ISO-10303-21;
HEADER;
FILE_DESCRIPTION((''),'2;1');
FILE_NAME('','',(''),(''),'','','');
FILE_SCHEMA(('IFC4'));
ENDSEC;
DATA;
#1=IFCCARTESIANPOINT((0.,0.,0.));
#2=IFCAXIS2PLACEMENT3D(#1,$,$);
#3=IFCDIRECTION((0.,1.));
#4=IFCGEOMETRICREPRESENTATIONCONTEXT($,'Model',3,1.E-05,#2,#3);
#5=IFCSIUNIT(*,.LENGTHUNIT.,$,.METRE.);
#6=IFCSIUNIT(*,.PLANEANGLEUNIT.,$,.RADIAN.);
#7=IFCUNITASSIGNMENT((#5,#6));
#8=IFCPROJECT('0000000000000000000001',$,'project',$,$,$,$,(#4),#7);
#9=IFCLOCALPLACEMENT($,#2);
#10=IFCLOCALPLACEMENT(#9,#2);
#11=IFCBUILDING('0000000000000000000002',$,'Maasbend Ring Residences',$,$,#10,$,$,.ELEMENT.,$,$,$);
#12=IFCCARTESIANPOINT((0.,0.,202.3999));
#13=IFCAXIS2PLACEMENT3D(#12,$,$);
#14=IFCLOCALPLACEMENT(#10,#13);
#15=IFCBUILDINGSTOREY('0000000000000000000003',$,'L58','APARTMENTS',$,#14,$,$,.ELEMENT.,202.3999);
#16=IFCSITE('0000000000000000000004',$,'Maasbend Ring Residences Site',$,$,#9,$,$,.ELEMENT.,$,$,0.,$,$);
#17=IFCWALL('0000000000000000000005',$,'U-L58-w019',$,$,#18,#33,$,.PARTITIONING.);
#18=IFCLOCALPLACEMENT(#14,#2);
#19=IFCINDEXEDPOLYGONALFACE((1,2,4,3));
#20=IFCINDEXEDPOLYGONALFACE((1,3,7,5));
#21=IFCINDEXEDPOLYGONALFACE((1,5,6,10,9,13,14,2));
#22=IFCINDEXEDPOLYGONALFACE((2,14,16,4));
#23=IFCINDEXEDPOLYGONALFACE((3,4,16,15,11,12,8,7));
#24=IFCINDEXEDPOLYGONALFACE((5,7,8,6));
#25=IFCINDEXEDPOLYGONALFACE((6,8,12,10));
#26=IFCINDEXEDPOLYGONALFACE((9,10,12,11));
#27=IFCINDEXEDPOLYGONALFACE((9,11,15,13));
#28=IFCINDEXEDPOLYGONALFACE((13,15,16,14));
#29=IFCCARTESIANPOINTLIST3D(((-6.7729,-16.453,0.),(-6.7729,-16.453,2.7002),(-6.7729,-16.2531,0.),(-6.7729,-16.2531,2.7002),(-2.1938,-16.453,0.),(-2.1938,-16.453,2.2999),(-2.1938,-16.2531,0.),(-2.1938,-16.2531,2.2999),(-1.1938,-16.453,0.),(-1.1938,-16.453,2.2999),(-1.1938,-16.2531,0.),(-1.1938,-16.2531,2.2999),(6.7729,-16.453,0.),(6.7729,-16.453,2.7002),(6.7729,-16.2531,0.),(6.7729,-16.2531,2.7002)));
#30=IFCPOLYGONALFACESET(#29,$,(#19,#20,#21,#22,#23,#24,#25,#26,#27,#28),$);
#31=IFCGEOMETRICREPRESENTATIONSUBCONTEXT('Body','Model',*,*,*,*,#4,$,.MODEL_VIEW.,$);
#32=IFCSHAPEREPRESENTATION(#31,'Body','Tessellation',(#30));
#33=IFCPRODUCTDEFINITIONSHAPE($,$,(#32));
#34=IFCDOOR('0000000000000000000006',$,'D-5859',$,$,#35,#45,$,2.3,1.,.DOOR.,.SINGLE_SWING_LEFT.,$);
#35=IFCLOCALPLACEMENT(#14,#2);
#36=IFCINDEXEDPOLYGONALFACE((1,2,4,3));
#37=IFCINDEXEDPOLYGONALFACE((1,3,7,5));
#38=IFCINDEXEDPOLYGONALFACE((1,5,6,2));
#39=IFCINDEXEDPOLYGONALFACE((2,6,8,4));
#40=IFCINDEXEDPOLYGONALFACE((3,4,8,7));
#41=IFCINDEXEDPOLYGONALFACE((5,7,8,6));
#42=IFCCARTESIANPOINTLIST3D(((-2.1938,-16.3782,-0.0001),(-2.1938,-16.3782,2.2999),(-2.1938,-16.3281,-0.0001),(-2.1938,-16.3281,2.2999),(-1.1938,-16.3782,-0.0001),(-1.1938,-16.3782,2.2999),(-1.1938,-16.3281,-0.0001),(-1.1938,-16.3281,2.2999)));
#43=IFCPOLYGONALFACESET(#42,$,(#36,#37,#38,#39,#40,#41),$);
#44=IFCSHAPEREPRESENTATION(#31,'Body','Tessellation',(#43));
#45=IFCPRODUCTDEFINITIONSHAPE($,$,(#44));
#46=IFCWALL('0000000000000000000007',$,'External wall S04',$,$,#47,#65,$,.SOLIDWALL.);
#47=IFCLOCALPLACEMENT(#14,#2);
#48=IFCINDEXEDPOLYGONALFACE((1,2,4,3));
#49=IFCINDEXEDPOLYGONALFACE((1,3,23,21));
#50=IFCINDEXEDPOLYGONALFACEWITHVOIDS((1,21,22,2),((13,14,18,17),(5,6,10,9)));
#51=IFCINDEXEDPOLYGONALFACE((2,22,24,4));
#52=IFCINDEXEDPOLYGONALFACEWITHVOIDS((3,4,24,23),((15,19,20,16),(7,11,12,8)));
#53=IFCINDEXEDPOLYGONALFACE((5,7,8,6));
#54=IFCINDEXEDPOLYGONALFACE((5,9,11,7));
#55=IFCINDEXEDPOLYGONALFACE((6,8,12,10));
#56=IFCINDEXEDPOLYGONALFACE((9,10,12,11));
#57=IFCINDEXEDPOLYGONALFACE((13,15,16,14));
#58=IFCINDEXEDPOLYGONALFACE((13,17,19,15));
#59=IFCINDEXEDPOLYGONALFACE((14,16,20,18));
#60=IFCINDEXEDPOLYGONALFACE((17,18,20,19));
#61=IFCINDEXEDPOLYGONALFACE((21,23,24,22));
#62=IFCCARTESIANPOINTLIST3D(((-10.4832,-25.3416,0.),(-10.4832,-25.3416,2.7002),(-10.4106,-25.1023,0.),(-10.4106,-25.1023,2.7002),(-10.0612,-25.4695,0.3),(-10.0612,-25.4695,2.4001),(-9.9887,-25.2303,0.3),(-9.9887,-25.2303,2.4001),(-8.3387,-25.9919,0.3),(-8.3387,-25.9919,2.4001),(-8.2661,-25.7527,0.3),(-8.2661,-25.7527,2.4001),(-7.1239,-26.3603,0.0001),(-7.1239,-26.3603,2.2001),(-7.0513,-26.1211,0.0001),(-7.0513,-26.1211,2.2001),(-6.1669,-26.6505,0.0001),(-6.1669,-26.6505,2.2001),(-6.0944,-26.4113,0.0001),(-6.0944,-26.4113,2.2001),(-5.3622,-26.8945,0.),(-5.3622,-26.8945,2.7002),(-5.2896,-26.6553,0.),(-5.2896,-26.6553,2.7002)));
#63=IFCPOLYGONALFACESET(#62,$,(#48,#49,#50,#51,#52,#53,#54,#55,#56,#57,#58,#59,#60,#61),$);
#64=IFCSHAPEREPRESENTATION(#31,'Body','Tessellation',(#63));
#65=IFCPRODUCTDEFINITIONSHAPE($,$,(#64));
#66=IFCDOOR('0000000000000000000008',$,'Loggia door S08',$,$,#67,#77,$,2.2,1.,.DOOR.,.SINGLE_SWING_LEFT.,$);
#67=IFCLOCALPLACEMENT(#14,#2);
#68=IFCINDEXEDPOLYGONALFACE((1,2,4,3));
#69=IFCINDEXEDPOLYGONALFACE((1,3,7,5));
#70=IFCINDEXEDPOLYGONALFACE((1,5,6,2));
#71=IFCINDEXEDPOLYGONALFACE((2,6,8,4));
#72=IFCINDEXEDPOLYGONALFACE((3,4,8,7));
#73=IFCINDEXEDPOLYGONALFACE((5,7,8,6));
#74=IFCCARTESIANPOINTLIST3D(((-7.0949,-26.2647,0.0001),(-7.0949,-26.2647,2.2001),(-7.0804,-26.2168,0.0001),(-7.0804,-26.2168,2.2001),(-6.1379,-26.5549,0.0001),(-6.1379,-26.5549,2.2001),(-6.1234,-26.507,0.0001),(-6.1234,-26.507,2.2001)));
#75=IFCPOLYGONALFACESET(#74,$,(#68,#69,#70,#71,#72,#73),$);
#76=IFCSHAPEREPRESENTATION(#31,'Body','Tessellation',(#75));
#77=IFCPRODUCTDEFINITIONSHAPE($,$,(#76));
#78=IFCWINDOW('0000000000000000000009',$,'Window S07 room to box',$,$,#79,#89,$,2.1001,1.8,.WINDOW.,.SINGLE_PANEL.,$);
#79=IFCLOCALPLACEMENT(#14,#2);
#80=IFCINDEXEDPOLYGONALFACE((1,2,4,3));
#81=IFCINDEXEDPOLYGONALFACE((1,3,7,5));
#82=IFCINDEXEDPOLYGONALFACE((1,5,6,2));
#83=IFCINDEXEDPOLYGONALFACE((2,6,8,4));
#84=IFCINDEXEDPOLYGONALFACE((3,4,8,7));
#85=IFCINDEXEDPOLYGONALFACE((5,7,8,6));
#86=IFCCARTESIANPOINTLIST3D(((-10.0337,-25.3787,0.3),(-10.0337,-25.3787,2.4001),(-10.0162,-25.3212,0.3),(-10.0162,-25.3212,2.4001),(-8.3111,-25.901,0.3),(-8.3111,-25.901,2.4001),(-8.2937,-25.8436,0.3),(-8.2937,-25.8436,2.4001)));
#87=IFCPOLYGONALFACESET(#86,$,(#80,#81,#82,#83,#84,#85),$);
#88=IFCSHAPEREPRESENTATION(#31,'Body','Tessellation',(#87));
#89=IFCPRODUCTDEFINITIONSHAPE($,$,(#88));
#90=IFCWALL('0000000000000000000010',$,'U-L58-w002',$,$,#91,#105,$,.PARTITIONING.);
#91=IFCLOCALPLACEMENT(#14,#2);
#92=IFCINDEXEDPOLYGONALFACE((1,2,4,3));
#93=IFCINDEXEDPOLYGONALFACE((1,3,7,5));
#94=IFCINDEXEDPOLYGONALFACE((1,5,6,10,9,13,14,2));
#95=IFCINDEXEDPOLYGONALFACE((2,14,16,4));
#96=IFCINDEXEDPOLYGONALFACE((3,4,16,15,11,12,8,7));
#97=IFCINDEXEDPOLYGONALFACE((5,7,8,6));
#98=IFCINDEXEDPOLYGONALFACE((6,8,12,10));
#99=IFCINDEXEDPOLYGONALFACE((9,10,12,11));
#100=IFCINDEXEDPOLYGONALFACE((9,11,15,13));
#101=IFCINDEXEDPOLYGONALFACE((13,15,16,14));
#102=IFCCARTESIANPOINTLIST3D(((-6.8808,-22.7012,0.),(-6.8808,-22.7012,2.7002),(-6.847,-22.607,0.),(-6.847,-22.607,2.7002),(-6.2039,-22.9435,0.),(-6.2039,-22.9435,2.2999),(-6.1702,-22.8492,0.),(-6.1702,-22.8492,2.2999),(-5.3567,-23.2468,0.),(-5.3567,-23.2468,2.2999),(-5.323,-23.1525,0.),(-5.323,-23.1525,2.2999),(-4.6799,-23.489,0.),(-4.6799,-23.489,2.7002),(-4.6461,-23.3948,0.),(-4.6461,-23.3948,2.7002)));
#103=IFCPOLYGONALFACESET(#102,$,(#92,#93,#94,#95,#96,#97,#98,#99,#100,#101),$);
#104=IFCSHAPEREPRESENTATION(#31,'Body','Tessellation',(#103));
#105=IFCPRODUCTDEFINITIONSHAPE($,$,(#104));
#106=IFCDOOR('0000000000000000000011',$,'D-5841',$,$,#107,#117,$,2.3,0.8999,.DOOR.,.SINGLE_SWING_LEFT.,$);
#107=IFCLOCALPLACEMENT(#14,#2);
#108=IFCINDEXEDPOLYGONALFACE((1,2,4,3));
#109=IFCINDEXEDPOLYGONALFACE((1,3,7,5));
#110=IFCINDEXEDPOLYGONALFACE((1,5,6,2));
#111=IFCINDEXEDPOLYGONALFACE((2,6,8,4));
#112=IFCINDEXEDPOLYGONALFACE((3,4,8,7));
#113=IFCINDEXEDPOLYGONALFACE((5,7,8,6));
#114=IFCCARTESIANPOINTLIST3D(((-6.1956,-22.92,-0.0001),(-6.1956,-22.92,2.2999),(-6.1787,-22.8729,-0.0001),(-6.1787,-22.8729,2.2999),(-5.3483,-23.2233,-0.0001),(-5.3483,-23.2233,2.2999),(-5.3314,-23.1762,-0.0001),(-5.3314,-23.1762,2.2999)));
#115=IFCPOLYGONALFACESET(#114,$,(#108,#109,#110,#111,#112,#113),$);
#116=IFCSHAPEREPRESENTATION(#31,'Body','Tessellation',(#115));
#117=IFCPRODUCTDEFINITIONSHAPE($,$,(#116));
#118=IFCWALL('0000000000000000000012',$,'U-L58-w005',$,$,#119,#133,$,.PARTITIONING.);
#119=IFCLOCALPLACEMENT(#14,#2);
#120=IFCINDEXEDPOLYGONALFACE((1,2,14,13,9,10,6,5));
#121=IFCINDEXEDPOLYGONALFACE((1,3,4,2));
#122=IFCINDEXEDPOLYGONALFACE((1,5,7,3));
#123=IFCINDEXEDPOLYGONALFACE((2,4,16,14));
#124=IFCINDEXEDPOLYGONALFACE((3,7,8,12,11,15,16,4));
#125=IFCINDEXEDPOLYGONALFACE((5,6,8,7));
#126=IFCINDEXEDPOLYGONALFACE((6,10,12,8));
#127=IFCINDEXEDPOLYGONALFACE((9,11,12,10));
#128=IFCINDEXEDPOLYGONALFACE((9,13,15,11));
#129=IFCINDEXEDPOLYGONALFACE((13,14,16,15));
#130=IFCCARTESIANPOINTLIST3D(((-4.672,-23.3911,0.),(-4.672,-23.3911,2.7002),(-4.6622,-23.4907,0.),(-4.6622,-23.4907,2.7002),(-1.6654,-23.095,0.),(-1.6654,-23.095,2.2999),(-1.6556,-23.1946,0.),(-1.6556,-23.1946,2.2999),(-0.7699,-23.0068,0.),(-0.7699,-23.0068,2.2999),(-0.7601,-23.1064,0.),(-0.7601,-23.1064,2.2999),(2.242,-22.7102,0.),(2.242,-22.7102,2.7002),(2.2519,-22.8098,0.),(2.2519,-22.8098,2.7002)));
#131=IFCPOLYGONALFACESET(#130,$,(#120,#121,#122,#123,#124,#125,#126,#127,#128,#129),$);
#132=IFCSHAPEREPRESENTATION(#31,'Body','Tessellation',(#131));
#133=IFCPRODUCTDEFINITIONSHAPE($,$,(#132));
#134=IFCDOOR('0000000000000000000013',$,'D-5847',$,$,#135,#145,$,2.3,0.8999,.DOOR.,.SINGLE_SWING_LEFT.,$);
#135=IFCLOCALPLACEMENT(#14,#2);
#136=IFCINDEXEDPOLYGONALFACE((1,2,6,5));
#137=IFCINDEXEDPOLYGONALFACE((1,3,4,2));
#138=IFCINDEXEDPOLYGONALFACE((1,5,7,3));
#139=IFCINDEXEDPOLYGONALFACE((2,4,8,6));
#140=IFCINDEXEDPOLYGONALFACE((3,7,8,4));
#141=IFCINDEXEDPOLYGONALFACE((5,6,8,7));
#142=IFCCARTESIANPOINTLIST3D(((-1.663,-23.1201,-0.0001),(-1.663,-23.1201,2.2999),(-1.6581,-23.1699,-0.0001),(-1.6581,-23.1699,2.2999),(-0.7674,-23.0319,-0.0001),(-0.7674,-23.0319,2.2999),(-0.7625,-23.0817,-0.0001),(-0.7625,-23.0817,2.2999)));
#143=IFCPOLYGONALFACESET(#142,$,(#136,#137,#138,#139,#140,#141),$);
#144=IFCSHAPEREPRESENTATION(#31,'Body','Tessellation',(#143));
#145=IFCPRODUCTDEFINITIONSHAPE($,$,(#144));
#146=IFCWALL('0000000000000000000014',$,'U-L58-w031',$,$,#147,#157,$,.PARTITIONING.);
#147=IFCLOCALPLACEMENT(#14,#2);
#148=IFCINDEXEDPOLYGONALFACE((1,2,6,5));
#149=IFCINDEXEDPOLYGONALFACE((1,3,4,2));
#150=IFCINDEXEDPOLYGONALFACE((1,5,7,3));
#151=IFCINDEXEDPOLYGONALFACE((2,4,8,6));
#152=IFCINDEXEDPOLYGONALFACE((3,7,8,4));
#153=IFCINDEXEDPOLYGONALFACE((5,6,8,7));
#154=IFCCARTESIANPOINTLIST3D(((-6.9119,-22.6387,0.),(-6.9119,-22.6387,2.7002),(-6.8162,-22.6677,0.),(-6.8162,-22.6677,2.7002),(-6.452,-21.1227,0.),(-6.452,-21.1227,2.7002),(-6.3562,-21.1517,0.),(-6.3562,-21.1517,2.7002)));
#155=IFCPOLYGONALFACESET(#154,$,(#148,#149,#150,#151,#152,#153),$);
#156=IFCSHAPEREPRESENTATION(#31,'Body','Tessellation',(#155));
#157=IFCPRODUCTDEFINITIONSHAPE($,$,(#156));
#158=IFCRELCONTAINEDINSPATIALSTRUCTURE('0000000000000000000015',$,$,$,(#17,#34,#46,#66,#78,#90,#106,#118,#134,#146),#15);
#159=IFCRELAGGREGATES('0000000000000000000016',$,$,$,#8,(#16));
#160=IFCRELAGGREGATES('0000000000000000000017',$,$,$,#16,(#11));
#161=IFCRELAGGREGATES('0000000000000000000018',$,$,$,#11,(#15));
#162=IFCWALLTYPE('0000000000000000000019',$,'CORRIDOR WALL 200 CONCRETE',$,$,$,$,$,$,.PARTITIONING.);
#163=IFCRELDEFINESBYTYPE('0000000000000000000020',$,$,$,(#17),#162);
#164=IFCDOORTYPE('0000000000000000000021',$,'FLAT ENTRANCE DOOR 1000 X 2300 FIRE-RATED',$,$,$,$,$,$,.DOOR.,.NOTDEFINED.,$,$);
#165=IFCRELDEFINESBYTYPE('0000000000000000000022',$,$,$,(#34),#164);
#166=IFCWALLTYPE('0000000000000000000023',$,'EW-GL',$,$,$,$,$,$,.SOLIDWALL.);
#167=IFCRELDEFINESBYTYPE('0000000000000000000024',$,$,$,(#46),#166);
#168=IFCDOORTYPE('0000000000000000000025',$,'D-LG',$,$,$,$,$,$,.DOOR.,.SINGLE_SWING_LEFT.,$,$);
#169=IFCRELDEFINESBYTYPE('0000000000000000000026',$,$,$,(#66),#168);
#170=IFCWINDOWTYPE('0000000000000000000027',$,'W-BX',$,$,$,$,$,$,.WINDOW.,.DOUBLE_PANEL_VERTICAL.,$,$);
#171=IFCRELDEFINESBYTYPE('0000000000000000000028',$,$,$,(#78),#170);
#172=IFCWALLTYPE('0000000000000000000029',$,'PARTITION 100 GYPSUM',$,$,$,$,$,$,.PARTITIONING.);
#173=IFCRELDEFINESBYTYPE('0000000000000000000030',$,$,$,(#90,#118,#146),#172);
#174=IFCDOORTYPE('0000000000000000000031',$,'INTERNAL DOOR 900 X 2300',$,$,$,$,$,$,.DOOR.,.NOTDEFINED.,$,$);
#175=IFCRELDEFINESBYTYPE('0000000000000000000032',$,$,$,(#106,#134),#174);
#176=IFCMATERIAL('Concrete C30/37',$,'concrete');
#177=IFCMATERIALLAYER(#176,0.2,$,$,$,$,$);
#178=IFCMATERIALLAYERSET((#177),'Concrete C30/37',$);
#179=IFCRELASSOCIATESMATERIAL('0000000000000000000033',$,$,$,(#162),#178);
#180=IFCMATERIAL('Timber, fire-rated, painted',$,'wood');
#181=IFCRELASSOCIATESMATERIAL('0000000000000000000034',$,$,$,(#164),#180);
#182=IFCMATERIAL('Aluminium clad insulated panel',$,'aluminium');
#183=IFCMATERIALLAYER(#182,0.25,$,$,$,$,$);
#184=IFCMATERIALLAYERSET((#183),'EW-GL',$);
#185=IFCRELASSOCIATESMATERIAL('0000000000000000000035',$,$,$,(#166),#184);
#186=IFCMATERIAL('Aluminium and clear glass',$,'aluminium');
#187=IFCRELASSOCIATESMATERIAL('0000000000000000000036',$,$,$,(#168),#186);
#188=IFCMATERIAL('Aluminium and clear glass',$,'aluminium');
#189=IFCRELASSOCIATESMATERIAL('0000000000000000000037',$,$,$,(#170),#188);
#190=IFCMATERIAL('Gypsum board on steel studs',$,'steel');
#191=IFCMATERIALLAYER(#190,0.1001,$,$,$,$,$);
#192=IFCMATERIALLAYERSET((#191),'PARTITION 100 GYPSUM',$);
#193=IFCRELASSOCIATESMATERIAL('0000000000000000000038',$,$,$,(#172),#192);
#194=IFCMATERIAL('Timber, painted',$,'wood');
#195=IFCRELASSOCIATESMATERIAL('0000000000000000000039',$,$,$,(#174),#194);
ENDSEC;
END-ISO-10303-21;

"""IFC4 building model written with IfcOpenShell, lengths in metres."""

from ifc_helpers import new_model, si_unit, direction, frame, frame_2d, origin, place, context, subcontext, project, spatial, rectangle, extrude, material, layer, layer_set, type_object, element, fill, save


model = new_model("IFC4")

# Units and contexts
model_context = context("Model", 3, precision=1e-05, world=origin(), true_north=direction((0.0, 1.0)))
body_context = subcontext(model_context, "Body", "Model", "MODEL_VIEW")
ifc_project = project(units=[si_unit("LENGTHUNIT", "METRE"), si_unit("PLANEANGLEUNIT", "RADIAN")], contexts=[model_context])

# Site, building, storey
site_placement = place(None, origin())
site = spatial("IfcSite", under=ifc_project, at=site_placement, Name="Maasbend Ring Residences Site", CompositionType="ELEMENT", RefElevation=0.0)
building_placement = place(site_placement, origin())
building = spatial("IfcBuilding", under=site, at=building_placement, Name="Maasbend Ring Residences", CompositionType="ELEMENT")
storey_placement = place(building_placement, frame((0.0, 0.0, 202.3999)))
storey = spatial("IfcBuildingStorey", under=building, at=storey_placement, Name="L58", Description="APARTMENTS", CompositionType="ELEMENT", Elevation=202.3999)

# Wall, opening, door
ifc_material_1 = material(Name="Concrete C30/37", Category="concrete")
ifc_layer_1 = layer(ifc_material_1, 0.2)
ifc_layer_set_1 = layer_set([ifc_layer_1], Name="Concrete C30/37")
wall_type_1 = type_object("IfcWallType", Name="CORRIDOR WALL 200 CONCRETE", PredefinedType="PARTITIONING", material=ifc_layer_set_1)
ifc_material_2 = material(Name="Timber, fire-rated, painted", Category="wood")
door_type_1 = type_object("IfcDoorType", Name="FLAT ENTRANCE DOOR 1000 X 2300 FIRE-RATED", OperationType="NOTDEFINED", PredefinedType="DOOR", material=ifc_material_2)
wall_1_placement = place(storey_placement, frame((-6.7729, -16.353, 0.0), z_axis=(0.0, 0.0, 1.0), x_axis=(1.0, 0.0, 0.0)))
wall_1 = element("IfcWall", 1, at=wall_1_placement, inside=storey, type_object=wall_type_1, Name="U-L58-w019", PredefinedType="PARTITIONING", context=body_context, shape_type="SweptSolid", body=[
    extrude(rectangle(XDim=13.5459, YDim=0.2, at=frame_2d((6.7729, 0.0))), origin(), (0.0, 0.0, 1.0), 2.7002),
])
opening_1_placement = place(wall_1_placement, frame((4.5791, 0.0, 0.0)))
opening_1 = element("IfcOpeningElement", 2, at=opening_1_placement, cuts=wall_1, PredefinedType="OPENING", context=body_context, shape_type="SweptSolid", body=[
    extrude(rectangle(XDim=1.0, YDim=2.3, at=frame_2d((0.5, 1.1499))), frame((0.0, 0.1099, 0.0), z_axis=(0.0, -1.0, 0.0), x_axis=(1.0, 0.0, 0.0)), (0.0, 0.0, 1.0), 0.22),
])
door_1_placement = place(opening_1_placement, origin())
door_1 = element("IfcDoor", 3, at=door_1_placement, inside=storey, type_object=door_type_1, Name="D-5859", OperationType="SINGLE_SWING_LEFT", OverallHeight=2.3, OverallWidth=1.0, PredefinedType="DOOR", context=body_context, shape_type="SweptSolid", body=[
    extrude(rectangle(XDim=1.0, YDim=2.3, at=frame_2d((0.5, 1.1499))), frame((0.0, 0.0249, 0.0), z_axis=(0.0, -1.0, 0.0), x_axis=(1.0, 0.0, 0.0)), (0.0, 0.0, 1.0), 0.05),
])
fill(opening_1, door_1)

# Wall, openings, door, window
ifc_material_3 = material(Name="Aluminium clad insulated panel", Category="aluminium")
ifc_layer_2 = layer(ifc_material_3, 0.25)
ifc_layer_set_2 = layer_set([ifc_layer_2], Name="EW-GL")
wall_type_2 = type_object("IfcWallType", Name="EW-GL", PredefinedType="SOLIDWALL", material=ifc_layer_set_2)
wall_2_placement = place(storey_placement, frame((-10.447, -25.2219, 0.0), z_axis=(0.0, 0.0, 1.0), x_axis=(0.956966, -0.290201, 0.0)))
wall_2 = element("IfcWall", 4, at=wall_2_placement, inside=storey, type_object=wall_type_2, Name="External wall S04", PredefinedType="SOLIDWALL", context=body_context, shape_type="SweptSolid", body=[
    extrude(rectangle(XDim=5.3513, YDim=0.25, at=frame_2d((2.6758, 0.0))), origin(), (0.0, 0.0, 1.0), 2.7002),
])
opening_2_placement = place(wall_2_placement, frame((0.4412, 0.0, 0.3)))
opening_2 = element("IfcOpeningElement", 5, at=opening_2_placement, cuts=wall_2, PredefinedType="OPENING", context=body_context, shape_type="SweptSolid", body=[
    extrude(rectangle(XDim=1.8, YDim=2.1001, at=frame_2d((0.8999, 1.05))), frame((0.0, 0.135, 0.0), z_axis=(0.0, -1.0, 0.0), x_axis=(1.0, 0.0, 0.0)), (0.0, 0.0, 1.0), 0.27),
])
opening_3_placement = place(wall_2_placement, frame((3.5105, 0.0, 0.0)))
opening_3 = element("IfcOpeningElement", 6, at=opening_3_placement, cuts=wall_2, PredefinedType="OPENING", context=body_context, shape_type="SweptSolid", body=[
    extrude(rectangle(XDim=1.0, YDim=2.2, at=frame_2d((0.5, 1.1001))), frame((0.0, 0.135, 0.0), z_axis=(0.0, -1.0, 0.0), x_axis=(1.0, 0.0, 0.0)), (0.0, 0.0, 1.0), 0.27),
])
ifc_material_4 = material(Name="Aluminium and clear glass", Category="aluminium")
door_type_2 = type_object("IfcDoorType", Name="D-LG", OperationType="SINGLE_SWING_LEFT", PredefinedType="DOOR", material=ifc_material_4)
door_2_placement = place(opening_3_placement, origin())
door_2 = element("IfcDoor", 7, at=door_2_placement, inside=storey, type_object=door_type_2, Name="Loggia door S08", OperationType="SINGLE_SWING_LEFT", OverallHeight=2.2, OverallWidth=1.0, PredefinedType="DOOR", context=body_context, shape_type="SweptSolid", body=[
    extrude(rectangle(XDim=1.0, YDim=2.2, at=frame_2d((0.5, 1.1001))), frame((0.0, 0.0249, 0.0), z_axis=(0.0, -1.0, 0.0), x_axis=(1.0, 0.0, 0.0)), (0.0, 0.0, 1.0), 0.05),
])
fill(opening_3, door_2)
ifc_material_5 = material(Name="Aluminium and clear glass", Category="aluminium")
window_type = type_object("IfcWindowType", Name="W-BX", PartitioningType="DOUBLE_PANEL_VERTICAL", PredefinedType="WINDOW", material=ifc_material_5)
window_placement = place(opening_2_placement, origin())
window = element("IfcWindow", 8, at=window_placement, inside=storey, type_object=window_type, Name="Window S07 room to box", OverallHeight=2.1001, OverallWidth=1.8, PartitioningType="SINGLE_PANEL", PredefinedType="WINDOW", context=body_context, shape_type="SweptSolid", body=[
    extrude(rectangle(XDim=1.8, YDim=2.1001, at=frame_2d((0.8999, 1.05))), frame((0.0, 0.03, 0.0), z_axis=(0.0, -1.0, 0.0), x_axis=(1.0, 0.0, 0.0)), (0.0, 0.0, 1.0), 0.0601),
])
fill(opening_2, window)

# Walls, openings, doors
ifc_material_6 = material(Name="Gypsum board on steel studs", Category="steel")
ifc_layer_3 = layer(ifc_material_6, 0.1001)
ifc_layer_set_3 = layer_set([ifc_layer_3], Name="PARTITION 100 GYPSUM")
wall_type_3 = type_object("IfcWallType", Name="PARTITION 100 GYPSUM", PredefinedType="PARTITIONING", material=ifc_layer_set_3)
wall_3_placement = place(storey_placement, frame((-6.864, -22.6541, 0.0), z_axis=(0.0, 0.0, 1.0), x_axis=(0.941498, -0.337018, 0.0)))
wall_3 = element("IfcWall", 9, at=wall_3_placement, inside=storey, type_object=wall_type_3, Name="U-L58-w002", PredefinedType="PARTITIONING", context=body_context, shape_type="SweptSolid", body=[
    extrude(rectangle(XDim=2.3376, YDim=0.1001, at=frame_2d((1.1689, 0.0))), origin(), (0.0, 0.0, 1.0), 2.7002),
])
opening_4_placement = place(wall_3_placement, frame((0.719, 0.0, 0.0)))
opening_4 = element("IfcOpeningElement", 10, at=opening_4_placement, cuts=wall_3, PredefinedType="OPENING", context=body_context, shape_type="SweptSolid", body=[
    extrude(rectangle(XDim=0.8999, YDim=2.3, at=frame_2d((0.45, 1.1499))), frame((0.0, 0.0601, 0.0), z_axis=(0.0, -1.0, 0.0), x_axis=(1.0, 0.0, 0.0)), (0.0, 0.0, 1.0), 0.1201),
])
ifc_material_7 = material(Name="Timber, painted", Category="wood")
door_type_3 = type_object("IfcDoorType", Name="INTERNAL DOOR 900 X 2300", OperationType="NOTDEFINED", PredefinedType="DOOR", material=ifc_material_7)
door_3_placement = place(opening_4_placement, origin())
door_3 = element("IfcDoor", 11, at=door_3_placement, inside=storey, type_object=door_type_3, Name="D-5841", OperationType="SINGLE_SWING_LEFT", OverallHeight=2.3, OverallWidth=0.8999, PredefinedType="DOOR", context=body_context, shape_type="SweptSolid", body=[
    extrude(rectangle(XDim=0.8999, YDim=2.3, at=frame_2d((0.45, 1.1499))), frame((0.0, 0.0249, 0.0), z_axis=(0.0, -1.0, 0.0), x_axis=(1.0, 0.0, 0.0)), (0.0, 0.0, 1.0), 0.05),
])
fill(opening_4, door_3)
wall_4_placement = place(storey_placement, frame((-4.667, -23.4409, 0.0), z_axis=(0.0, 0.0, 1.0), x_axis=(0.995186, 0.098008, 0.0)))
wall_4 = element("IfcWall", 12, at=wall_4_placement, inside=storey, type_object=wall_type_3, Name="U-L58-w005", PredefinedType="PARTITIONING", context=body_context, shape_type="SweptSolid", body=[
    extrude(rectangle(XDim=6.9475, YDim=0.1001, at=frame_2d((3.4736, 0.0))), origin(), (0.0, 0.0, 1.0), 2.7002),
])
opening_5_placement = place(wall_4_placement, frame((3.021, 0.0, 0.0)))
opening_5 = element("IfcOpeningElement", 13, at=opening_5_placement, cuts=wall_4, PredefinedType="OPENING", context=body_context, shape_type="SweptSolid", body=[
    extrude(rectangle(XDim=0.8999, YDim=2.3, at=frame_2d((0.45, 1.1499))), frame((0.0, 0.0601, 0.0), z_axis=(0.0, -1.0, 0.0), x_axis=(1.0, 0.0, 0.0)), (0.0, 0.0, 1.0), 0.1201),
])
door_4_placement = place(opening_5_placement, origin())
door_4 = element("IfcDoor", 14, at=door_4_placement, inside=storey, type_object=door_type_3, Name="D-5847", OperationType="SINGLE_SWING_LEFT", OverallHeight=2.3, OverallWidth=0.8999, PredefinedType="DOOR", context=body_context, shape_type="SweptSolid", body=[
    extrude(rectangle(XDim=0.8999, YDim=2.3, at=frame_2d((0.45, 1.1499))), frame((0.0, 0.0249, 0.0), z_axis=(0.0, -1.0, 0.0), x_axis=(1.0, 0.0, 0.0)), (0.0, 0.0, 1.0), 0.05),
])
fill(opening_5, door_4)

# Wall
wall_5_placement = place(storey_placement, frame((-6.864, -22.6531, 0.0), z_axis=(0.0, 0.0, 1.0), x_axis=(0.290315, 0.956931, 0.0)))
element("IfcWall", 15, at=wall_5_placement, inside=storey, type_object=wall_type_3, Name="U-L58-w031", PredefinedType="PARTITIONING", context=body_context, shape_type="SweptSolid", body=[
    extrude(rectangle(XDim=1.5842, YDim=0.1001, at=frame_2d((0.792, 0.0))), origin(), (0.0, 0.0, 1.0), 2.7002),
])

save(model, "model.ifc")
